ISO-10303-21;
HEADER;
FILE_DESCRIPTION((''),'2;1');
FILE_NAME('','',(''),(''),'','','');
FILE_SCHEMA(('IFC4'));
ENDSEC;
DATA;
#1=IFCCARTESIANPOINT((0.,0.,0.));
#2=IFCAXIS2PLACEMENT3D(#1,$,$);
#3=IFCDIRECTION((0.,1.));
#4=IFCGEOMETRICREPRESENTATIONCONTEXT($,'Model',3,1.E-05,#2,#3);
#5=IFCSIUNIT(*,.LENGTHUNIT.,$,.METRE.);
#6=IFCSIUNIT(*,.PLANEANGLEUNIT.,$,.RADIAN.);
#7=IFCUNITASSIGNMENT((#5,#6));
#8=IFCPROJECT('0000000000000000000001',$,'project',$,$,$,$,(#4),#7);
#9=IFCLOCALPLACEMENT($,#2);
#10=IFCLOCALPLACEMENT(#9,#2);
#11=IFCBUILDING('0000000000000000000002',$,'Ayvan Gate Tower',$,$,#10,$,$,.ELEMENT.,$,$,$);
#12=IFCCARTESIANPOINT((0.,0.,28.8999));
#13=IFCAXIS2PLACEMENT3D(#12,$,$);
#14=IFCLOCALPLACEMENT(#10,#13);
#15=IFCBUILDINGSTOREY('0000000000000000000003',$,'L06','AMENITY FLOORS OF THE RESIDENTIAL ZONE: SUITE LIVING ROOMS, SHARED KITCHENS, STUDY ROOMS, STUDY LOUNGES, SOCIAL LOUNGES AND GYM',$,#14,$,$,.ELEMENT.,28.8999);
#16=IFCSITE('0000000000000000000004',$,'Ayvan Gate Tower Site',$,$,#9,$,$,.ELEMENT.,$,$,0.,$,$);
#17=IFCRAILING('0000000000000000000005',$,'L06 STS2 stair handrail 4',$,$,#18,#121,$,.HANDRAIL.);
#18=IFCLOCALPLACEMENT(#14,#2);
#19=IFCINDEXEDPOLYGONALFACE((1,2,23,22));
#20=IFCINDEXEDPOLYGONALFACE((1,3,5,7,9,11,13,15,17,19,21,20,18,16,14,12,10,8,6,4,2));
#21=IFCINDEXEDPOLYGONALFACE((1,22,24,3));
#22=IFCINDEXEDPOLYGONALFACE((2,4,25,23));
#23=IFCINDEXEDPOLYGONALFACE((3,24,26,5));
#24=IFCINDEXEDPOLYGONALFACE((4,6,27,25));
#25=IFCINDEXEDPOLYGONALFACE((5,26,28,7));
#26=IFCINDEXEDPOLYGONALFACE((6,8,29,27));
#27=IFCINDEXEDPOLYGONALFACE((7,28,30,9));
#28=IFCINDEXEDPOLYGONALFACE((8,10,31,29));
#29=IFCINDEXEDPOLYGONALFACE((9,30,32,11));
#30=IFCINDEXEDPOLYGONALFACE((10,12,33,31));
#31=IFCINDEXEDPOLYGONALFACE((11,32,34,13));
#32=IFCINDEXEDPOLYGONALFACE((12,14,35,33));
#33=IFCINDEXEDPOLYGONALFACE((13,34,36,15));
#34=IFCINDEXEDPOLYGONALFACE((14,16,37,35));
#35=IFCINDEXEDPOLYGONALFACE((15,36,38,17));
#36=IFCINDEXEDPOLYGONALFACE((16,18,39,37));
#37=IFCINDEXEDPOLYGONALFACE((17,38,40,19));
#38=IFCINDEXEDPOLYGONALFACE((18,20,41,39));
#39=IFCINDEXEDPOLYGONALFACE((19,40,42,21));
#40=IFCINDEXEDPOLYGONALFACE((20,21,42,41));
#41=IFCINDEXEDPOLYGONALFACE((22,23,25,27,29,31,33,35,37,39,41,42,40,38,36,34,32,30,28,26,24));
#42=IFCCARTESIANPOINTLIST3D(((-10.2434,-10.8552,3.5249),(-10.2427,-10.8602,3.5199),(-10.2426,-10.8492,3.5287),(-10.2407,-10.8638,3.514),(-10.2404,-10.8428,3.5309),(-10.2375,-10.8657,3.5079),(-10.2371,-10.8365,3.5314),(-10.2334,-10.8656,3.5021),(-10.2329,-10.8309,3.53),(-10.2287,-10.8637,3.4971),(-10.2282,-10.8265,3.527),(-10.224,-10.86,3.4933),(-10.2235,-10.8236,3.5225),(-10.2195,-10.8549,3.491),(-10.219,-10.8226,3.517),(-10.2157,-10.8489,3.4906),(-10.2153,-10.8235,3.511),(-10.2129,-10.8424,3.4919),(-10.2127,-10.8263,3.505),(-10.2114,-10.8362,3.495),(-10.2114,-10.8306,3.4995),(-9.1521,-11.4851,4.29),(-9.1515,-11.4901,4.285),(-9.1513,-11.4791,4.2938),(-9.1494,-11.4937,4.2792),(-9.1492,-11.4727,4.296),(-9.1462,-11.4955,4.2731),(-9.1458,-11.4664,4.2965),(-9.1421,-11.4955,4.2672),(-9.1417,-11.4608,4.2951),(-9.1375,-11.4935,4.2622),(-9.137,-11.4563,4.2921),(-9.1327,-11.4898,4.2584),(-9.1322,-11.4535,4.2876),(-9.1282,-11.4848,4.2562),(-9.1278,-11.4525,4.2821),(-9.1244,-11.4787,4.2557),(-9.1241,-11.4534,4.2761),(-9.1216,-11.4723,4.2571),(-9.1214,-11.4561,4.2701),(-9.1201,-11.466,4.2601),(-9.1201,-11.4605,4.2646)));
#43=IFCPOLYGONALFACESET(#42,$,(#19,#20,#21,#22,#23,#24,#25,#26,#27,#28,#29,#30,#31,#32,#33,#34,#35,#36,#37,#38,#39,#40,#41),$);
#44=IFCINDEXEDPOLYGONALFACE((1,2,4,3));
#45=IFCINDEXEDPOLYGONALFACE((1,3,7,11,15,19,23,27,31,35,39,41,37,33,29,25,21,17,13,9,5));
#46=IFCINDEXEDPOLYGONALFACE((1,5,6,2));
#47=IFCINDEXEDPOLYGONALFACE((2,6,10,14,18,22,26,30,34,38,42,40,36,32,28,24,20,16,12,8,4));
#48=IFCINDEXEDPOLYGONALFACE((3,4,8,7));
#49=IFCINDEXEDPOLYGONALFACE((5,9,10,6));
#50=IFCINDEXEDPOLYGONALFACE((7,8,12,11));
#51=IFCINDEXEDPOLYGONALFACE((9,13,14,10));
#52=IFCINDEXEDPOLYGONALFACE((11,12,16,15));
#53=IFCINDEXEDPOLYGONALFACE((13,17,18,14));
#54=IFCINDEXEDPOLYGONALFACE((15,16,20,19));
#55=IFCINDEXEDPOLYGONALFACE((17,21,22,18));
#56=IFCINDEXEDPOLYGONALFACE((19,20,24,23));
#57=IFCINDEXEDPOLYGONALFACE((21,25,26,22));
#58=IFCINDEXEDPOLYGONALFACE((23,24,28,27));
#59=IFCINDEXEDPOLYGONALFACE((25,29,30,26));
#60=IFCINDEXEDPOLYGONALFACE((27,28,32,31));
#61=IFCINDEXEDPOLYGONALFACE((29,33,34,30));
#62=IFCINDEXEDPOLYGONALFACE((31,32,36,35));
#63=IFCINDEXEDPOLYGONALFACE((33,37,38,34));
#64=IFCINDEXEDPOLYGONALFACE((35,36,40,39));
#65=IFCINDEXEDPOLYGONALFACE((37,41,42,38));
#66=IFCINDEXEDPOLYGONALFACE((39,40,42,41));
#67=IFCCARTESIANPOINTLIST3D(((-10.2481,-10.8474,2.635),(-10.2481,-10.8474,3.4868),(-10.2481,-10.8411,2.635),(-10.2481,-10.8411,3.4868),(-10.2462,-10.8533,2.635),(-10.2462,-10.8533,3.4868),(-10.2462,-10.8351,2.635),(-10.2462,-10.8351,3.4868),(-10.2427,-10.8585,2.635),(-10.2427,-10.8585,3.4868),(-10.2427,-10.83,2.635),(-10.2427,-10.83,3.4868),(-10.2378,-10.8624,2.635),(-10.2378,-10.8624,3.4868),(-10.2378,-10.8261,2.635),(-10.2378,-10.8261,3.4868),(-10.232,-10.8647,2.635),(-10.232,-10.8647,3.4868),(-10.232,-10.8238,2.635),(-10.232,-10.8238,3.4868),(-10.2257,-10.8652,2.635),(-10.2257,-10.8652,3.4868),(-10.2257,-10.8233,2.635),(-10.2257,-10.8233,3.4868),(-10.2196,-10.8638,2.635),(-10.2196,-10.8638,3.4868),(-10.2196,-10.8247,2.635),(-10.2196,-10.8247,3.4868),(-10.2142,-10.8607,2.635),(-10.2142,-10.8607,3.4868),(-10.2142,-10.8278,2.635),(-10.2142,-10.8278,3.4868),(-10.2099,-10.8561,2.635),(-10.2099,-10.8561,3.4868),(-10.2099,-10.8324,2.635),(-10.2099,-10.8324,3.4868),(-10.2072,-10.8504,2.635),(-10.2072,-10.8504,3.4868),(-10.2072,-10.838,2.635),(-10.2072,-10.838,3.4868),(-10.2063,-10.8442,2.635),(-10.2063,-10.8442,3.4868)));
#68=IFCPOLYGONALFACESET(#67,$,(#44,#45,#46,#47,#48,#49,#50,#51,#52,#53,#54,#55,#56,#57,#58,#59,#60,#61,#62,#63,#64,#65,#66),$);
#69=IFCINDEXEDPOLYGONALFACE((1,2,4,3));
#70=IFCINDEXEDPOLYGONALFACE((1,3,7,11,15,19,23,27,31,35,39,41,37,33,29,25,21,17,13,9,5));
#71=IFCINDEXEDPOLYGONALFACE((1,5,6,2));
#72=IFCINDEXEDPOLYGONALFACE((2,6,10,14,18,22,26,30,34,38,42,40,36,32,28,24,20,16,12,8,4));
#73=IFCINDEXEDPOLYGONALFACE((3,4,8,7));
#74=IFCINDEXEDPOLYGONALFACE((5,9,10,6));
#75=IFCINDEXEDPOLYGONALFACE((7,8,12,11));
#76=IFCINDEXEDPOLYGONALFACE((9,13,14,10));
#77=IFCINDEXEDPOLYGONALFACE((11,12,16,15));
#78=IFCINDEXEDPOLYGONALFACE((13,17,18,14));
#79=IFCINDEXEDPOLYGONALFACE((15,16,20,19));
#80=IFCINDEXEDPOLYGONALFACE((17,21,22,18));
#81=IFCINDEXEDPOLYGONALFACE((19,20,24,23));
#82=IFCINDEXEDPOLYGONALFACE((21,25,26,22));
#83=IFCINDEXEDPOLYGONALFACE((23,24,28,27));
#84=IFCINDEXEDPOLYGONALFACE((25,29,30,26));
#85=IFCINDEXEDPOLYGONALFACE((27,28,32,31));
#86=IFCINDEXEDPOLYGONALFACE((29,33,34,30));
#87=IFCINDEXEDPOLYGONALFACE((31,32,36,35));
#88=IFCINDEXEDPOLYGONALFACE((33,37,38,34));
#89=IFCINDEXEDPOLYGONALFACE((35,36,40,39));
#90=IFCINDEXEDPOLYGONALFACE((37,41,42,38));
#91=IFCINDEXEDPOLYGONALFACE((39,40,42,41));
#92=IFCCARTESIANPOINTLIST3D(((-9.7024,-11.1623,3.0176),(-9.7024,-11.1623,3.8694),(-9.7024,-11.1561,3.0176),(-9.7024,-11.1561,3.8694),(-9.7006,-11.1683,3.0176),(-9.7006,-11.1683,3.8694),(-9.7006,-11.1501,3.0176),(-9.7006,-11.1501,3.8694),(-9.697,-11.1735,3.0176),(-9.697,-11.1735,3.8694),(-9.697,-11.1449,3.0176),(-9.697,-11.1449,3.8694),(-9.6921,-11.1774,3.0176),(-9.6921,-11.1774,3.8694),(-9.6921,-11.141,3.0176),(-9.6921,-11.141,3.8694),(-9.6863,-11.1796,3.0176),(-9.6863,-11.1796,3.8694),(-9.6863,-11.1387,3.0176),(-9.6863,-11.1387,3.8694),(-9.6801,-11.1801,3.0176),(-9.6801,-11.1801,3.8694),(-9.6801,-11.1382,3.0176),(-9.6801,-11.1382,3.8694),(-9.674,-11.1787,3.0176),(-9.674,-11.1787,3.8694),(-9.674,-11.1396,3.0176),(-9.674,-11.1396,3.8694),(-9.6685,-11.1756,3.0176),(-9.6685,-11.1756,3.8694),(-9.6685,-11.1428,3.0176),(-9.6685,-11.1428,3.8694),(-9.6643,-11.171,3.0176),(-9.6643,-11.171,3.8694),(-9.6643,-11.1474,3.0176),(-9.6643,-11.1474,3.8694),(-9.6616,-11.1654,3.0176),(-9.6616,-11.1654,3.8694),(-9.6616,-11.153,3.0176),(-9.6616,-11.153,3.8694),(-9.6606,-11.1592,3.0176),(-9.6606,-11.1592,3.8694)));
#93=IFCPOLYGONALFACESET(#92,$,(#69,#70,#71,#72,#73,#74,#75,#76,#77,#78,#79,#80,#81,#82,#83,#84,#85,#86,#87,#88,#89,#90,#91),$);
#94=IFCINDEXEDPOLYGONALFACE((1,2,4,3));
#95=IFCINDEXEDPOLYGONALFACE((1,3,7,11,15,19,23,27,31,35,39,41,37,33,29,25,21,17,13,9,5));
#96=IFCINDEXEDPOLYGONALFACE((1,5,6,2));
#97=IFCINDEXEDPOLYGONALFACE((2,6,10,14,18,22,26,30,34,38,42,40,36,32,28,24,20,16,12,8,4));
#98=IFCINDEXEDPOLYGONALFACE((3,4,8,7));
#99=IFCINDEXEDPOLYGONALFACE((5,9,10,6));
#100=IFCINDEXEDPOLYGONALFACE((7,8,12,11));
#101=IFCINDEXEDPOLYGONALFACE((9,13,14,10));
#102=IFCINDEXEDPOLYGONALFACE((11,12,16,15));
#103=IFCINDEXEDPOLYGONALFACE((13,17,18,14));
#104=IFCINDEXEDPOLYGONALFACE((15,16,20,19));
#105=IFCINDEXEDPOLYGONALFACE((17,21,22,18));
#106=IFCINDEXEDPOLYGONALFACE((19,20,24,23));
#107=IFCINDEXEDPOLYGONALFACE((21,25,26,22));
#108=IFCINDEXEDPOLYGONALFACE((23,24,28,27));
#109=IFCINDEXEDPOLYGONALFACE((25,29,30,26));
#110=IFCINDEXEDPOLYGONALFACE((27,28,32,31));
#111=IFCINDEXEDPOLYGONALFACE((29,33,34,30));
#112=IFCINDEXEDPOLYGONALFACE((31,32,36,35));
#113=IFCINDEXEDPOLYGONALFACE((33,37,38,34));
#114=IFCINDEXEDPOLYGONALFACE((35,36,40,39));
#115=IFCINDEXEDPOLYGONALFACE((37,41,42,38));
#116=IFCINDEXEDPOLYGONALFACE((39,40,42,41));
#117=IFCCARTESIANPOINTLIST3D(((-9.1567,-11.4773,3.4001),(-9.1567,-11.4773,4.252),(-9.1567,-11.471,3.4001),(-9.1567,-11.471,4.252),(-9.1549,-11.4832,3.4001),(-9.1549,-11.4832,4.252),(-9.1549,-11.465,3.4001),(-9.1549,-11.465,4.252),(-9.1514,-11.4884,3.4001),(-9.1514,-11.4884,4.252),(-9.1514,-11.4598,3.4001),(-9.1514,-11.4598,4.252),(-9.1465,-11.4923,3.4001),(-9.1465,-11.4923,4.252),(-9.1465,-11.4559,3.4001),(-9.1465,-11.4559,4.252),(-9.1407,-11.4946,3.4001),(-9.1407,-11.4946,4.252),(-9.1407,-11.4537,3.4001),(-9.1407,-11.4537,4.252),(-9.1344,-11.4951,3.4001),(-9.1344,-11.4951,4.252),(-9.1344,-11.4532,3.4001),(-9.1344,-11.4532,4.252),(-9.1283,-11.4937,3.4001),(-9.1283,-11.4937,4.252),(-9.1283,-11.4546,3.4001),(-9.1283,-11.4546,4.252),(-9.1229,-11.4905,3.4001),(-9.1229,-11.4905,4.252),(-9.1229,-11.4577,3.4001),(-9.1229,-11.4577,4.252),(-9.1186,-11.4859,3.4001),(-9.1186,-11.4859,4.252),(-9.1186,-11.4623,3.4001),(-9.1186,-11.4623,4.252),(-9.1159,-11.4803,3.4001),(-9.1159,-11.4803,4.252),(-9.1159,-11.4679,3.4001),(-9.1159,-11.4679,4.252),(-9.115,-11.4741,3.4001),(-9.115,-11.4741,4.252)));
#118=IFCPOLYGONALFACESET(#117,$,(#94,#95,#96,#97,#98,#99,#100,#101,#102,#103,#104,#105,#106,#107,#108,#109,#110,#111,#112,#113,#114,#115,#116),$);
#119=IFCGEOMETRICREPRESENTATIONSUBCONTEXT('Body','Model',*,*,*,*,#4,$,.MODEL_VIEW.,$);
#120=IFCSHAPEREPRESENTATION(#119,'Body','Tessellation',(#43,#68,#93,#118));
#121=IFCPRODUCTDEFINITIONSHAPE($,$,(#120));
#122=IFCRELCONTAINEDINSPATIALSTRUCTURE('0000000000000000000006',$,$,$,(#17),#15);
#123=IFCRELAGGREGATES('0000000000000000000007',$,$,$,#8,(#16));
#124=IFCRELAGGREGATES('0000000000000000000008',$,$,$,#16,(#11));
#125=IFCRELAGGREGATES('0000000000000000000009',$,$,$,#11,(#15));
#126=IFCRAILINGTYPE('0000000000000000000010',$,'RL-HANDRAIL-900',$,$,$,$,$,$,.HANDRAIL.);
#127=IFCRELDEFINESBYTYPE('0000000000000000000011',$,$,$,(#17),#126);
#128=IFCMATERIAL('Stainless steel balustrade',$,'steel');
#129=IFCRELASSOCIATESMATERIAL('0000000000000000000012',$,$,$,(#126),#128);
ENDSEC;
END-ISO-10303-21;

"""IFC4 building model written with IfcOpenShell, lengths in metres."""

from ifc_helpers import new_model, si_unit, direction, frame, origin, origin_2d, place, context, subcontext, project, spatial, circle, extrude, material, type_object, element, save


model = new_model("IFC4")

# Units and contexts
model_context = context("Model", 3, precision=1e-05, world=origin(), true_north=direction((0.0, 1.0)))
body_context = subcontext(model_context, "Body", "Model", "MODEL_VIEW")
ifc_project = project(units=[si_unit("LENGTHUNIT", "METRE"), si_unit("PLANEANGLEUNIT", "RADIAN")], contexts=[model_context])

# Site, building, storey
site_placement = place(None, origin())
site = spatial("IfcSite", under=ifc_project, at=site_placement, Name="Ayvan Gate Tower Site", CompositionType="ELEMENT", RefElevation=0.0)
building_placement = place(site_placement, origin())
building = spatial("IfcBuilding", under=site, at=building_placement, Name="Ayvan Gate Tower", CompositionType="ELEMENT")
storey_placement = place(building_placement, frame((0.0, 0.0, 28.8999)))
storey = spatial("IfcBuildingStorey", under=building, at=storey_placement, Name="L06", Description="AMENITY FLOORS OF THE RESIDENTIAL ZONE: SUITE LIVING ROOMS, SHARED KITCHENS, STUDY ROOMS, STUDY LOUNGES, SOCIAL LOUNGES AND GYM", CompositionType="ELEMENT", Elevation=28.8999)

# Railing
ifc_material_1 = material(Name="Stainless steel balustrade", Category="steel")
railing_type_1 = type_object("IfcRailingType", Name="RL-HANDRAIL-900", PredefinedType="HANDRAIL", material=ifc_material_1)
railing_1_placement = place(storey_placement, frame((-10.2273, -10.8442, 2.635)))
element("IfcRailing", 1, at=railing_1_placement, inside=storey, type_object=railing_type_1, Name="L06 STS2 stair handrail 4", PredefinedType="HANDRAIL", context=body_context, shape_type="SweptSolid", body=[
    extrude(circle(Radius=0.0239, at=origin_2d()), frame((0.0, 0.0, 0.876), z_axis=(0.740293, -0.427283, 0.519033), x_axis=(0.49989, 0.866089, 0.0)), (0.0, 0.0, 1.0), 1.4741),
    extrude(circle(Radius=0.021, at=origin_2d()), origin(), (0.0, 0.0, 1.0), 0.8518),
    extrude(circle(Radius=0.021, at=origin_2d()), frame((0.5457, -0.3149, 0.3826)), (0.0, 0.0, 1.0), 0.8518),
    extrude(circle(Radius=0.021, at=origin_2d()), frame((1.0913, -0.6299, 0.7651)), (0.0, 0.0, 1.0), 0.8518),
])

save(model, "model.ifc")
